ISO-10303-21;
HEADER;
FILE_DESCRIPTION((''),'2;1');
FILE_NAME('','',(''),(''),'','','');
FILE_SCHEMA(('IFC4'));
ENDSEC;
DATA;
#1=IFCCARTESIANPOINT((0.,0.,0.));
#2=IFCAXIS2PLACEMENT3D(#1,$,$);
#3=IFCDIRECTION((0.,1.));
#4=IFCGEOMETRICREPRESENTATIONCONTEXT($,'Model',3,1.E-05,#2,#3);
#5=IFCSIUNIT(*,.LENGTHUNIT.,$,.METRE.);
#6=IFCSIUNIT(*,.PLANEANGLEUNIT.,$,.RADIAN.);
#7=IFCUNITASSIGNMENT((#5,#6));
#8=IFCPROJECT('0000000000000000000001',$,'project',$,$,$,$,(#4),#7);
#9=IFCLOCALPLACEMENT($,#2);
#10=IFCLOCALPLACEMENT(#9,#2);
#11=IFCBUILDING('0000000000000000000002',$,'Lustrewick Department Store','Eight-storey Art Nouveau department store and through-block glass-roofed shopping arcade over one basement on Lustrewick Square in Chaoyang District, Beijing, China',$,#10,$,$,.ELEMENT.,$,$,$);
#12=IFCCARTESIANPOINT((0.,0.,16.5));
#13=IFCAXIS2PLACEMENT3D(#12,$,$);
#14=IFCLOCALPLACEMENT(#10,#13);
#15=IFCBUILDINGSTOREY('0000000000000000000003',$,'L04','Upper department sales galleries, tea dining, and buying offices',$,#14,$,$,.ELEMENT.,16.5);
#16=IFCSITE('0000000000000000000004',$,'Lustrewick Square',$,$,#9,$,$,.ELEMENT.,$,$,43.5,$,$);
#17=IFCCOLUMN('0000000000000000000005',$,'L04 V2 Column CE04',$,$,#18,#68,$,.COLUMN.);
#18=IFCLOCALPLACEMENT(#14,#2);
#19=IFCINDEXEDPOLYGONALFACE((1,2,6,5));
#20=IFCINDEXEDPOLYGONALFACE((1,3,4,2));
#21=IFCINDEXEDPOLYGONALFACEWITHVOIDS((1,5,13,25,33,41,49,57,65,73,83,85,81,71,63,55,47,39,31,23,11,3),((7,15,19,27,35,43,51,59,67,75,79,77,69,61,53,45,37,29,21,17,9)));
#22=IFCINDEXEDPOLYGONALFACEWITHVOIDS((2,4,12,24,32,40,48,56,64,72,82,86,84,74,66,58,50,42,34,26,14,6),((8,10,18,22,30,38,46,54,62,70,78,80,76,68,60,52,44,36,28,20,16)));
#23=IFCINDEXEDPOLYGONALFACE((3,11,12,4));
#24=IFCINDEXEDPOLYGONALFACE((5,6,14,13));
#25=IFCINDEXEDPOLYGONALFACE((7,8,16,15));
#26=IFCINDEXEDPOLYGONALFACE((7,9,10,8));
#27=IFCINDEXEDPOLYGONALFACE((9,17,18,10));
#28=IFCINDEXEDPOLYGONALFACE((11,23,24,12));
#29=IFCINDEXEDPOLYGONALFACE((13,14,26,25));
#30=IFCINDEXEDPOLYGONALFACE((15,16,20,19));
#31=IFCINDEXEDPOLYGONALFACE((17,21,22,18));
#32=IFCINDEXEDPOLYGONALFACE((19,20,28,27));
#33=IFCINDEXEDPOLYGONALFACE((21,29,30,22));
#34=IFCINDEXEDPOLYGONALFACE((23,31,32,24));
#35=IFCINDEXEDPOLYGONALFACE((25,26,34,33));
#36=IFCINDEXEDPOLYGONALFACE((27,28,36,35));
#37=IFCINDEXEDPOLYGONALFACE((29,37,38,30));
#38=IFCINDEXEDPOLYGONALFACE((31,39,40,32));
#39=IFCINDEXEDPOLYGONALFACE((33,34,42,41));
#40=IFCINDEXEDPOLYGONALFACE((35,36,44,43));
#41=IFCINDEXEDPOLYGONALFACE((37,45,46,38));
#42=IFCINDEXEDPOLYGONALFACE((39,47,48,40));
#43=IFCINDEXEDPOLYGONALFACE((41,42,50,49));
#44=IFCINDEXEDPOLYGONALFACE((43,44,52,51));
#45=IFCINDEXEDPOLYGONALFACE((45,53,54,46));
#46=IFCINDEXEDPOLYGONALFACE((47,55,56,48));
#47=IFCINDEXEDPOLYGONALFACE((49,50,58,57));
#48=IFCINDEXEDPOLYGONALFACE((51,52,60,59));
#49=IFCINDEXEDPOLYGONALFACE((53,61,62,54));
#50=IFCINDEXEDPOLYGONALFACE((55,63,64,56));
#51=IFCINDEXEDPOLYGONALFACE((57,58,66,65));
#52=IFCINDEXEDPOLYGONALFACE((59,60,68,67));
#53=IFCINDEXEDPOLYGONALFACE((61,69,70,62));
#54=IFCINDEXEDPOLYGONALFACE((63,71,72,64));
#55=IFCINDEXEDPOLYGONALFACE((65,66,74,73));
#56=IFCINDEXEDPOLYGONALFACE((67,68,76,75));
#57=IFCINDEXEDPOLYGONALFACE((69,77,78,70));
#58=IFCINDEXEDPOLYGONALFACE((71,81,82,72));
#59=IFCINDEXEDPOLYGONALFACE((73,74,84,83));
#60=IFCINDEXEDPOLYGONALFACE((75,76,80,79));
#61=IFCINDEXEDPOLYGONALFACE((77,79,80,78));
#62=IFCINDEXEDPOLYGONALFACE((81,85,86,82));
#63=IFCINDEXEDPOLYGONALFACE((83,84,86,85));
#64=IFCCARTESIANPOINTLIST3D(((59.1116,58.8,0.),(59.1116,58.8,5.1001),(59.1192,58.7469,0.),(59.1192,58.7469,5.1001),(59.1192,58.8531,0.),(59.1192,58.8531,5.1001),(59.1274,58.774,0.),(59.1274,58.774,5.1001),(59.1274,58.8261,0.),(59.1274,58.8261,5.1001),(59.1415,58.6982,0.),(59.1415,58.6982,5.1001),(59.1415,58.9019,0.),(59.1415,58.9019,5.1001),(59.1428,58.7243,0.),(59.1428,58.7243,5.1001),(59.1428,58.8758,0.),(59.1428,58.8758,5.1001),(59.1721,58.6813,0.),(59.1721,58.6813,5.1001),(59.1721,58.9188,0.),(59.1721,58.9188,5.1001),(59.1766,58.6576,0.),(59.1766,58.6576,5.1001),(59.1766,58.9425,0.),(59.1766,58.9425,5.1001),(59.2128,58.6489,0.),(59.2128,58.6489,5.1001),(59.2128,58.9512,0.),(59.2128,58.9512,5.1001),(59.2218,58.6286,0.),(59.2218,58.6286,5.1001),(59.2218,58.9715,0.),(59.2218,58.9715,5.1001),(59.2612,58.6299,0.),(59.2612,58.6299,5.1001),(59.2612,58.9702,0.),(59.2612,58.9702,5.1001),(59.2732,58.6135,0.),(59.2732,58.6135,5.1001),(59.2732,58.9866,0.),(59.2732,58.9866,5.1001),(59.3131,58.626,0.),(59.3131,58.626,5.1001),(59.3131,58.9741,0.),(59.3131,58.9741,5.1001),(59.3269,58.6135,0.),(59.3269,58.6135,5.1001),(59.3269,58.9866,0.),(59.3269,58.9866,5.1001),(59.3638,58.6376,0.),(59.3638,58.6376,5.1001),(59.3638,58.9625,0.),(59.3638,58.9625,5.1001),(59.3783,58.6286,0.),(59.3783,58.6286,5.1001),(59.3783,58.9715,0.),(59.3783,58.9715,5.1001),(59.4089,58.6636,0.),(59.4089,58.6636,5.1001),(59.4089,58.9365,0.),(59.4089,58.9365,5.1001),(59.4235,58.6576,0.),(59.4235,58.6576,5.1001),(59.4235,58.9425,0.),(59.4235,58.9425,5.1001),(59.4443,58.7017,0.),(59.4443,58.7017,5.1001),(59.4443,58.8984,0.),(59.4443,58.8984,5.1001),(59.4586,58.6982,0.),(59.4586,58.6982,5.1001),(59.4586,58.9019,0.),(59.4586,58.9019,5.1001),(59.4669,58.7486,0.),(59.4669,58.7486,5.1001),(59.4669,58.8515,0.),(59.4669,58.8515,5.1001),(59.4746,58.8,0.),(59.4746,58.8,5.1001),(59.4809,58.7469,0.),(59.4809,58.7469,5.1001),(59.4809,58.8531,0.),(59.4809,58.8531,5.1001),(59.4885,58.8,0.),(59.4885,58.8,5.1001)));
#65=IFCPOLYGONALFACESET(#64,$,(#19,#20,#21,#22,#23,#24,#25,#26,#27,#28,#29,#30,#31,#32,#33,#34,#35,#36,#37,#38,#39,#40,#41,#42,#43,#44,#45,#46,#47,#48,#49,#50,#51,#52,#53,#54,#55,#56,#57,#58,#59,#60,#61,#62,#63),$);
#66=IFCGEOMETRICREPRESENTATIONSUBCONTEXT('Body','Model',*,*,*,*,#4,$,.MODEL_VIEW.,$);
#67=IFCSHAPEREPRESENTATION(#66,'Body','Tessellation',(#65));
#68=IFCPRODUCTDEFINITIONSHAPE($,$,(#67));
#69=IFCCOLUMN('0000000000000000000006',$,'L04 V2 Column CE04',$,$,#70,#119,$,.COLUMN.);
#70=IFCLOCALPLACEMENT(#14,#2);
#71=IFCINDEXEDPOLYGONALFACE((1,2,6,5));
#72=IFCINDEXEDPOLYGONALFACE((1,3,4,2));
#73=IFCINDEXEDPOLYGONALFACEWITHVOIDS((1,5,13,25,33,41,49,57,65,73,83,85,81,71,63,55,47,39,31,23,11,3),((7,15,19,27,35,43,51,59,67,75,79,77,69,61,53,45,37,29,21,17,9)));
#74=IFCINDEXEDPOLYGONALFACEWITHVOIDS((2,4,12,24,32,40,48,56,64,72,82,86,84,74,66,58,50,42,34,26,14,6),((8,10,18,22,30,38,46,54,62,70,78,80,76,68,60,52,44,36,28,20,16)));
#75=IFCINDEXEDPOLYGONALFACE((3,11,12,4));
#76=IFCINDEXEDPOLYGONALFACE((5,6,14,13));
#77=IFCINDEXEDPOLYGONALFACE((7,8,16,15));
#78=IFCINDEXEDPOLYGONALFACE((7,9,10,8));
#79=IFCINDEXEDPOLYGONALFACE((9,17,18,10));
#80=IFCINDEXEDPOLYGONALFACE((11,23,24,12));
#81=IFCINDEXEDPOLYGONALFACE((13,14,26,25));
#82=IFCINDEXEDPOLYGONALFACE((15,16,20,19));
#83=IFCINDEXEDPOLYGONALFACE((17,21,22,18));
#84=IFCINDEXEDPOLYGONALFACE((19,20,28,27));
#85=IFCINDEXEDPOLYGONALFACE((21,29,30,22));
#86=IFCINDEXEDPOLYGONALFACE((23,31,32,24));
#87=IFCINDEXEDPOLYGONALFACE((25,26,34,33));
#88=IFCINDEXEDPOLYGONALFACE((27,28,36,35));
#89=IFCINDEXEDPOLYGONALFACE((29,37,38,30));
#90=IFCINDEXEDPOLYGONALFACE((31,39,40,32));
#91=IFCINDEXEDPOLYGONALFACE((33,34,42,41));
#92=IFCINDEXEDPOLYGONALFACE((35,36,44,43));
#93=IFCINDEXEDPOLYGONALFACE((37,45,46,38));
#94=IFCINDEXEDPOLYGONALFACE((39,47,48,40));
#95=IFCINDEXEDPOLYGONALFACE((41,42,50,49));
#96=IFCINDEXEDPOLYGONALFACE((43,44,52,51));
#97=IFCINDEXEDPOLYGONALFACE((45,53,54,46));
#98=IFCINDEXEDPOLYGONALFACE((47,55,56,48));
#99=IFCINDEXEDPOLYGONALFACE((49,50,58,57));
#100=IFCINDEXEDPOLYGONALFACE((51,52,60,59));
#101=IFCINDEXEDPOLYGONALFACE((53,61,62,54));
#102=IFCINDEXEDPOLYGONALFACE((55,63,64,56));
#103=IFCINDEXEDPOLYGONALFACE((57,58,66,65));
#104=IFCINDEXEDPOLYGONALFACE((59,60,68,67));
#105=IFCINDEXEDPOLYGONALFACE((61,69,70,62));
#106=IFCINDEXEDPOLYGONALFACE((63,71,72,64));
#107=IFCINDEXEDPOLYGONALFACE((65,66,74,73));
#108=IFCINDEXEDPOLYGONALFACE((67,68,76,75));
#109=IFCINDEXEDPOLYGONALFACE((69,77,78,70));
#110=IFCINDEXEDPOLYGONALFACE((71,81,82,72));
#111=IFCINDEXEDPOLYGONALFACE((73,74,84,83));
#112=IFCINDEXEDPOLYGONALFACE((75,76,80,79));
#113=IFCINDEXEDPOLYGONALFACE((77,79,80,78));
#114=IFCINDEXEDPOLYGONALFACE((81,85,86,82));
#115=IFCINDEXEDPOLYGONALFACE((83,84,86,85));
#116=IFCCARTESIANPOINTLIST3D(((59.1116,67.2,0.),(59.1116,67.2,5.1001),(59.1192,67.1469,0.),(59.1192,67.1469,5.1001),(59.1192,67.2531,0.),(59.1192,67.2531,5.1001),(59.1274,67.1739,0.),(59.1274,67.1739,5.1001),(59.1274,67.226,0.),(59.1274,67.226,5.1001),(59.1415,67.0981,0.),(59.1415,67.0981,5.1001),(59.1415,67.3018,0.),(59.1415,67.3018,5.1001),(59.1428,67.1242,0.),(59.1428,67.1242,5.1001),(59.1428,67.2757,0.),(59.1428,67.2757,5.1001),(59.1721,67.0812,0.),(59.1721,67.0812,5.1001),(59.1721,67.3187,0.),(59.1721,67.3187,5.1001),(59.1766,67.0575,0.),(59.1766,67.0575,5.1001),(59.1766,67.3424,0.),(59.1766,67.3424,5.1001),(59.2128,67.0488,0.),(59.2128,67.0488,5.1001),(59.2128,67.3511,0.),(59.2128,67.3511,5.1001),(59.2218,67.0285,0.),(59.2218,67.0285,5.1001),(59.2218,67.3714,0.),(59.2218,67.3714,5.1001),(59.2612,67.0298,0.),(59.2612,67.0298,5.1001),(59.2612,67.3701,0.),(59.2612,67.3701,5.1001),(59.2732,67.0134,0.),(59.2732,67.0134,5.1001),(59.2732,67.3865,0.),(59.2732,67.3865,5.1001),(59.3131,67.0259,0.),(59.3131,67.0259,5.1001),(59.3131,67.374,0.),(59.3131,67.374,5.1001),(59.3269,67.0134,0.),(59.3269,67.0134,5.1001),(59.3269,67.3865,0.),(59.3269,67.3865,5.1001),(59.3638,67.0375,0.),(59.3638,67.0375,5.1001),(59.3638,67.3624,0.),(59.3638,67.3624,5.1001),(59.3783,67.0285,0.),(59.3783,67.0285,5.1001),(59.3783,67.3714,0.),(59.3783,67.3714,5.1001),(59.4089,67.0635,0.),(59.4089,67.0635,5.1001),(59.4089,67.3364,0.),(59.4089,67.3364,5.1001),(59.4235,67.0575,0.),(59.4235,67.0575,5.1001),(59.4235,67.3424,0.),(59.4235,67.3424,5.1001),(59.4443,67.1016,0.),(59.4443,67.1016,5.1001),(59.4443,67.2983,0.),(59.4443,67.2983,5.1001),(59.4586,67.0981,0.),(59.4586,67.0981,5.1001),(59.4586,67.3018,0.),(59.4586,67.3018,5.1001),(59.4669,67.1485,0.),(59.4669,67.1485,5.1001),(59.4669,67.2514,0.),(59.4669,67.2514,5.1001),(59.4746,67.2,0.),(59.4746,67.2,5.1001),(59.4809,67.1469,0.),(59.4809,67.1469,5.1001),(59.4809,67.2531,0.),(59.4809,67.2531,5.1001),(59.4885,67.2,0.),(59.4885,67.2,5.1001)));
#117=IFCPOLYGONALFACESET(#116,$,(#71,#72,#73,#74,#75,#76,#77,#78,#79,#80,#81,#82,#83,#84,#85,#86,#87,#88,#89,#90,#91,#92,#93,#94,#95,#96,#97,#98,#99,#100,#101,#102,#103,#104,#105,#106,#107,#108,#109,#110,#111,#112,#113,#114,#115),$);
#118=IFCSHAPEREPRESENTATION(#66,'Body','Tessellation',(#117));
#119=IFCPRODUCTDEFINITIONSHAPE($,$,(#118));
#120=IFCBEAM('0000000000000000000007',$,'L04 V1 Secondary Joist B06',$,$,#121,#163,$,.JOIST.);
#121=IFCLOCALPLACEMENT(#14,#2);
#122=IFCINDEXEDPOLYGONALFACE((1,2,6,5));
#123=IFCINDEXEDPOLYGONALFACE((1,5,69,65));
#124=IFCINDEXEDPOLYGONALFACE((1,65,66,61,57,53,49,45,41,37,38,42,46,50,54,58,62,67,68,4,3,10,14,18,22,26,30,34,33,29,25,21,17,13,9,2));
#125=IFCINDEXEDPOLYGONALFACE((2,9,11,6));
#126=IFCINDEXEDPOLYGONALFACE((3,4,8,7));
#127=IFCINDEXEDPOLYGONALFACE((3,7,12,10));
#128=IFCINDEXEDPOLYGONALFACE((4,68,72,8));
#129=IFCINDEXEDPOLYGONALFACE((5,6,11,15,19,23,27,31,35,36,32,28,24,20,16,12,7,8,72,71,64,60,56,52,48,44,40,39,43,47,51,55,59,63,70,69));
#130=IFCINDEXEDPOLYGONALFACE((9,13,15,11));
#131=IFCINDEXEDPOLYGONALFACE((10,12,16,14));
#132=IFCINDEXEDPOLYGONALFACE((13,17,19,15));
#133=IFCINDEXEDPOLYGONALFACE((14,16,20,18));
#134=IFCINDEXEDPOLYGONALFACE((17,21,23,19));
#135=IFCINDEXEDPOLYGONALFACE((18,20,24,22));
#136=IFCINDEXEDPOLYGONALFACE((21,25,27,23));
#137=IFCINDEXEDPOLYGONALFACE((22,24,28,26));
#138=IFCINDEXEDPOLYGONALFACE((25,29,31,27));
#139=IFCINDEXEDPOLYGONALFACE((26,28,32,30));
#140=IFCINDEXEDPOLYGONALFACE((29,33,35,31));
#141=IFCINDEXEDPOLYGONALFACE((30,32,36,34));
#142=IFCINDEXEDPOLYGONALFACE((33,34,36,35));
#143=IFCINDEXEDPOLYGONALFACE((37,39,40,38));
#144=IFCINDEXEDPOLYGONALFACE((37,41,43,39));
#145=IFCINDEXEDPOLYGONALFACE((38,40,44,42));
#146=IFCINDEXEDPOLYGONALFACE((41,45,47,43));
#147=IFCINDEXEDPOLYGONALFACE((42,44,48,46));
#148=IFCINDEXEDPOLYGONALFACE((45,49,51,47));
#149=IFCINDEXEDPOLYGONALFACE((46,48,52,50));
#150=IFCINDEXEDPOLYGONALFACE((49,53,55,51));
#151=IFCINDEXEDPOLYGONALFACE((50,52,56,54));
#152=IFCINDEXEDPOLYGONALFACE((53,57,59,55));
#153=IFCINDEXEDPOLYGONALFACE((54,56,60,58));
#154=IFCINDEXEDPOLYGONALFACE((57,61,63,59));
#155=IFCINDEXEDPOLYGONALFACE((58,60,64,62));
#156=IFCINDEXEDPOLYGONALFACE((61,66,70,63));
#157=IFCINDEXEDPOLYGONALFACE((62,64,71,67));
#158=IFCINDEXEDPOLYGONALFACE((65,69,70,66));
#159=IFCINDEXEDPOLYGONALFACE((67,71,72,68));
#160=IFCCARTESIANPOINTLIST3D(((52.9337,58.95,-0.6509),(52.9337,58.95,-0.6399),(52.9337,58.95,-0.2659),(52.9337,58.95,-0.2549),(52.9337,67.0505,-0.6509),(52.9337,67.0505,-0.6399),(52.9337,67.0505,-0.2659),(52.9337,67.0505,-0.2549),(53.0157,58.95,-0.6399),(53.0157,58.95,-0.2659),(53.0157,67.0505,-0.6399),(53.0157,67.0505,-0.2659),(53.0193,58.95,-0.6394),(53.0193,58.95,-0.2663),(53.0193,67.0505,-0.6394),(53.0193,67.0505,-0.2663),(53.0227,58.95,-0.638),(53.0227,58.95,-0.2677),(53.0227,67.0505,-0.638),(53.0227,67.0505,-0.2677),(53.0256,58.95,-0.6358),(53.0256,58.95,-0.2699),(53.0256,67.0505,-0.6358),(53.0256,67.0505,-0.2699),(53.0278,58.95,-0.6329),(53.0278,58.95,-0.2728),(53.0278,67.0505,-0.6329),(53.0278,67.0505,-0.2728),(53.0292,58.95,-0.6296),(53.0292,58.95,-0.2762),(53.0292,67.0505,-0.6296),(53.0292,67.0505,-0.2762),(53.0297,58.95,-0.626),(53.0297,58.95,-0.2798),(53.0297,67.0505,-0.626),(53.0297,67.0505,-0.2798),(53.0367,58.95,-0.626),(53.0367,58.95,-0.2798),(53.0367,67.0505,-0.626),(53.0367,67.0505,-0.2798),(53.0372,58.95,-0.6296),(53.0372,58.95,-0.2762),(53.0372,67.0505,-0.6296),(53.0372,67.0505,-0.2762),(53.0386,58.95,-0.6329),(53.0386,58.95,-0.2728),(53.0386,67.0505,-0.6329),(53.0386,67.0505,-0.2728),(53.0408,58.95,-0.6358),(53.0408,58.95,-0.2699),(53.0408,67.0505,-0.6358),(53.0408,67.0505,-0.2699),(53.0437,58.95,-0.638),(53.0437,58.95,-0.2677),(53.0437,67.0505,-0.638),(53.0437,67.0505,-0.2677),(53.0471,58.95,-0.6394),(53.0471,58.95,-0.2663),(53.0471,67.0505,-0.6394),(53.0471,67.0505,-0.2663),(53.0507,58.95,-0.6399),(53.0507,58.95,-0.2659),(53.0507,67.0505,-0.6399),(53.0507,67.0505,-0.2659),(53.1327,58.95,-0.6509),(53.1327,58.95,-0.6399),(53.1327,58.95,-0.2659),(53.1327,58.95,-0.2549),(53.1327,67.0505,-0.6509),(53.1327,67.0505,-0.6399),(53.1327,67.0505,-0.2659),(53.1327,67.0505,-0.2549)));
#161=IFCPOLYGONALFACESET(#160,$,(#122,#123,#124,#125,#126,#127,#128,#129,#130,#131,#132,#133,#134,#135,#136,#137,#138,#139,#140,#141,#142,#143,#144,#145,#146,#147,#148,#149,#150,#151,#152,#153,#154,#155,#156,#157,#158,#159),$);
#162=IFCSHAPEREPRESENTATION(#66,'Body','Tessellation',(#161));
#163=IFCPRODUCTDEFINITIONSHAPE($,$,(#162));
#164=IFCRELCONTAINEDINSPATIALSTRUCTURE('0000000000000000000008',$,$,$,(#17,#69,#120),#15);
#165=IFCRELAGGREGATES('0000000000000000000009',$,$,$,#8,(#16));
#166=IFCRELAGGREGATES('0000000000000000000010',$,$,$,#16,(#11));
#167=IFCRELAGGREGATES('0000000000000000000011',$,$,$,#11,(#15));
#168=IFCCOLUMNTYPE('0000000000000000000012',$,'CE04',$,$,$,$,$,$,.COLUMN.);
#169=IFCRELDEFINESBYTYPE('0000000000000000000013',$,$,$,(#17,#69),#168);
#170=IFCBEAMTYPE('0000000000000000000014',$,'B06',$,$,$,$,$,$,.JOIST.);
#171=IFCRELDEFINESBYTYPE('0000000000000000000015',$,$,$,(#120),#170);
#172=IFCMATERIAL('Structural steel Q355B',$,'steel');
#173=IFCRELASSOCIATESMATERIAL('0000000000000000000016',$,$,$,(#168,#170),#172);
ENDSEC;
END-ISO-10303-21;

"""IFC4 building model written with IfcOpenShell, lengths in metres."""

from ifc_helpers import new_model, si_unit, direction, frame, origin, origin_2d, place, context, subcontext, project, spatial, hollow_circle, i_section, extrude, material, material_profile, profile_set, type_object, element, save


model = new_model("IFC4")

# Units and contexts
model_context = context("Model", 3, precision=1e-05, world=origin(), true_north=direction((0.0, 1.0)))
body_context = subcontext(model_context, "Body", "Model", "MODEL_VIEW")
ifc_project = project(units=[si_unit("LENGTHUNIT", "METRE"), si_unit("PLANEANGLEUNIT", "RADIAN")], contexts=[model_context])

# Site, building, storey
site_placement = place(None, origin())
site = spatial("IfcSite", under=ifc_project, at=site_placement, Name="Lustrewick Square", CompositionType="ELEMENT", RefElevation=43.5)
building_placement = place(site_placement, origin())
building = spatial("IfcBuilding", under=site, at=building_placement, Name="Lustrewick Department Store", Description="Eight-storey Art Nouveau department store and through-block glass-roofed shopping arcade over one basement on Lustrewick Square in Chaoyang District, Beijing, China", CompositionType="ELEMENT")
storey_placement = place(building_placement, frame((0.0, 0.0, 16.5)))
storey = spatial("IfcBuildingStorey", under=building, at=storey_placement, Name="L04", Description="Upper department sales galleries, tea dining, and buying offices", CompositionType="ELEMENT", Elevation=16.5)

# Columns
ifc_material_1 = material(Name="Structural steel Q355B", Category="steel")
ifc_material_profile_1 = material_profile(ifc_material_1, hollow_circle(Radius=0.1885, WallThickness=0.0139, at=origin_2d()), Name="CHS 377x14")
ifc_profile_set_1 = profile_set([ifc_material_profile_1], Name="Structural steel Q355B")
column_type_1 = type_object("IfcColumnType", Name="CE04", PredefinedType="COLUMN", material=ifc_profile_set_1)
for number, where, z_axis, x_axis, name in (
    (1, (59.3, 58.8, 0.0), (0.0, 0.0, 1.0), (1.0, 0.0, 0.0), "L04 V2 Column CE04"),
    (2, (59.3, 67.2, 0.0), (0.0, 0.0, 1.0), (1.0, 0.0, 0.0), "L04 V2 Column CE04"),
):
    element("IfcColumn", number, at=place(storey_placement, frame(where, z_axis=z_axis, x_axis=x_axis)), inside=storey, type_object=column_type_1, Name=name, PredefinedType="COLUMN", context=body_context, shape_type="SweptSolid", body=[
        extrude(hollow_circle(Radius=0.1885, WallThickness=0.0139, at=origin_2d()), origin(), (0.0, 0.0, 1.0), 5.1001),
    ])

# Beam
ifc_material_profile_2 = material_profile(ifc_material_1, i_section(OverallWidth=0.199, OverallDepth=0.396, WebThickness=0.0071, FlangeThickness=0.011, FilletRadius=0.0139, at=origin_2d()), Name="HN 396x199x7x11")
ifc_profile_set_2 = profile_set([ifc_material_profile_2], Name="Structural steel Q355B")
beam_type_1 = type_object("IfcBeamType", Name="B06", PredefinedType="JOIST", material=ifc_profile_set_2)
beam_1_placement = place(storey_placement, frame((53.0332, 58.95, -0.4529), z_axis=(0.0, 1.0, 0.0), x_axis=(-1.0, 0.0, 0.0)))
element("IfcBeam", 3, at=beam_1_placement, inside=storey, type_object=beam_type_1, Name="L04 V1 Secondary Joist B06", PredefinedType="JOIST", context=body_context, shape_type="SweptSolid", body=[
    extrude(i_section(OverallWidth=0.199, OverallDepth=0.396, WebThickness=0.0071, FlangeThickness=0.011, FilletRadius=0.0139, at=origin_2d()), origin(), (0.0, 0.0, 1.0), 8.1006),
])

save(model, "model.ifc")
